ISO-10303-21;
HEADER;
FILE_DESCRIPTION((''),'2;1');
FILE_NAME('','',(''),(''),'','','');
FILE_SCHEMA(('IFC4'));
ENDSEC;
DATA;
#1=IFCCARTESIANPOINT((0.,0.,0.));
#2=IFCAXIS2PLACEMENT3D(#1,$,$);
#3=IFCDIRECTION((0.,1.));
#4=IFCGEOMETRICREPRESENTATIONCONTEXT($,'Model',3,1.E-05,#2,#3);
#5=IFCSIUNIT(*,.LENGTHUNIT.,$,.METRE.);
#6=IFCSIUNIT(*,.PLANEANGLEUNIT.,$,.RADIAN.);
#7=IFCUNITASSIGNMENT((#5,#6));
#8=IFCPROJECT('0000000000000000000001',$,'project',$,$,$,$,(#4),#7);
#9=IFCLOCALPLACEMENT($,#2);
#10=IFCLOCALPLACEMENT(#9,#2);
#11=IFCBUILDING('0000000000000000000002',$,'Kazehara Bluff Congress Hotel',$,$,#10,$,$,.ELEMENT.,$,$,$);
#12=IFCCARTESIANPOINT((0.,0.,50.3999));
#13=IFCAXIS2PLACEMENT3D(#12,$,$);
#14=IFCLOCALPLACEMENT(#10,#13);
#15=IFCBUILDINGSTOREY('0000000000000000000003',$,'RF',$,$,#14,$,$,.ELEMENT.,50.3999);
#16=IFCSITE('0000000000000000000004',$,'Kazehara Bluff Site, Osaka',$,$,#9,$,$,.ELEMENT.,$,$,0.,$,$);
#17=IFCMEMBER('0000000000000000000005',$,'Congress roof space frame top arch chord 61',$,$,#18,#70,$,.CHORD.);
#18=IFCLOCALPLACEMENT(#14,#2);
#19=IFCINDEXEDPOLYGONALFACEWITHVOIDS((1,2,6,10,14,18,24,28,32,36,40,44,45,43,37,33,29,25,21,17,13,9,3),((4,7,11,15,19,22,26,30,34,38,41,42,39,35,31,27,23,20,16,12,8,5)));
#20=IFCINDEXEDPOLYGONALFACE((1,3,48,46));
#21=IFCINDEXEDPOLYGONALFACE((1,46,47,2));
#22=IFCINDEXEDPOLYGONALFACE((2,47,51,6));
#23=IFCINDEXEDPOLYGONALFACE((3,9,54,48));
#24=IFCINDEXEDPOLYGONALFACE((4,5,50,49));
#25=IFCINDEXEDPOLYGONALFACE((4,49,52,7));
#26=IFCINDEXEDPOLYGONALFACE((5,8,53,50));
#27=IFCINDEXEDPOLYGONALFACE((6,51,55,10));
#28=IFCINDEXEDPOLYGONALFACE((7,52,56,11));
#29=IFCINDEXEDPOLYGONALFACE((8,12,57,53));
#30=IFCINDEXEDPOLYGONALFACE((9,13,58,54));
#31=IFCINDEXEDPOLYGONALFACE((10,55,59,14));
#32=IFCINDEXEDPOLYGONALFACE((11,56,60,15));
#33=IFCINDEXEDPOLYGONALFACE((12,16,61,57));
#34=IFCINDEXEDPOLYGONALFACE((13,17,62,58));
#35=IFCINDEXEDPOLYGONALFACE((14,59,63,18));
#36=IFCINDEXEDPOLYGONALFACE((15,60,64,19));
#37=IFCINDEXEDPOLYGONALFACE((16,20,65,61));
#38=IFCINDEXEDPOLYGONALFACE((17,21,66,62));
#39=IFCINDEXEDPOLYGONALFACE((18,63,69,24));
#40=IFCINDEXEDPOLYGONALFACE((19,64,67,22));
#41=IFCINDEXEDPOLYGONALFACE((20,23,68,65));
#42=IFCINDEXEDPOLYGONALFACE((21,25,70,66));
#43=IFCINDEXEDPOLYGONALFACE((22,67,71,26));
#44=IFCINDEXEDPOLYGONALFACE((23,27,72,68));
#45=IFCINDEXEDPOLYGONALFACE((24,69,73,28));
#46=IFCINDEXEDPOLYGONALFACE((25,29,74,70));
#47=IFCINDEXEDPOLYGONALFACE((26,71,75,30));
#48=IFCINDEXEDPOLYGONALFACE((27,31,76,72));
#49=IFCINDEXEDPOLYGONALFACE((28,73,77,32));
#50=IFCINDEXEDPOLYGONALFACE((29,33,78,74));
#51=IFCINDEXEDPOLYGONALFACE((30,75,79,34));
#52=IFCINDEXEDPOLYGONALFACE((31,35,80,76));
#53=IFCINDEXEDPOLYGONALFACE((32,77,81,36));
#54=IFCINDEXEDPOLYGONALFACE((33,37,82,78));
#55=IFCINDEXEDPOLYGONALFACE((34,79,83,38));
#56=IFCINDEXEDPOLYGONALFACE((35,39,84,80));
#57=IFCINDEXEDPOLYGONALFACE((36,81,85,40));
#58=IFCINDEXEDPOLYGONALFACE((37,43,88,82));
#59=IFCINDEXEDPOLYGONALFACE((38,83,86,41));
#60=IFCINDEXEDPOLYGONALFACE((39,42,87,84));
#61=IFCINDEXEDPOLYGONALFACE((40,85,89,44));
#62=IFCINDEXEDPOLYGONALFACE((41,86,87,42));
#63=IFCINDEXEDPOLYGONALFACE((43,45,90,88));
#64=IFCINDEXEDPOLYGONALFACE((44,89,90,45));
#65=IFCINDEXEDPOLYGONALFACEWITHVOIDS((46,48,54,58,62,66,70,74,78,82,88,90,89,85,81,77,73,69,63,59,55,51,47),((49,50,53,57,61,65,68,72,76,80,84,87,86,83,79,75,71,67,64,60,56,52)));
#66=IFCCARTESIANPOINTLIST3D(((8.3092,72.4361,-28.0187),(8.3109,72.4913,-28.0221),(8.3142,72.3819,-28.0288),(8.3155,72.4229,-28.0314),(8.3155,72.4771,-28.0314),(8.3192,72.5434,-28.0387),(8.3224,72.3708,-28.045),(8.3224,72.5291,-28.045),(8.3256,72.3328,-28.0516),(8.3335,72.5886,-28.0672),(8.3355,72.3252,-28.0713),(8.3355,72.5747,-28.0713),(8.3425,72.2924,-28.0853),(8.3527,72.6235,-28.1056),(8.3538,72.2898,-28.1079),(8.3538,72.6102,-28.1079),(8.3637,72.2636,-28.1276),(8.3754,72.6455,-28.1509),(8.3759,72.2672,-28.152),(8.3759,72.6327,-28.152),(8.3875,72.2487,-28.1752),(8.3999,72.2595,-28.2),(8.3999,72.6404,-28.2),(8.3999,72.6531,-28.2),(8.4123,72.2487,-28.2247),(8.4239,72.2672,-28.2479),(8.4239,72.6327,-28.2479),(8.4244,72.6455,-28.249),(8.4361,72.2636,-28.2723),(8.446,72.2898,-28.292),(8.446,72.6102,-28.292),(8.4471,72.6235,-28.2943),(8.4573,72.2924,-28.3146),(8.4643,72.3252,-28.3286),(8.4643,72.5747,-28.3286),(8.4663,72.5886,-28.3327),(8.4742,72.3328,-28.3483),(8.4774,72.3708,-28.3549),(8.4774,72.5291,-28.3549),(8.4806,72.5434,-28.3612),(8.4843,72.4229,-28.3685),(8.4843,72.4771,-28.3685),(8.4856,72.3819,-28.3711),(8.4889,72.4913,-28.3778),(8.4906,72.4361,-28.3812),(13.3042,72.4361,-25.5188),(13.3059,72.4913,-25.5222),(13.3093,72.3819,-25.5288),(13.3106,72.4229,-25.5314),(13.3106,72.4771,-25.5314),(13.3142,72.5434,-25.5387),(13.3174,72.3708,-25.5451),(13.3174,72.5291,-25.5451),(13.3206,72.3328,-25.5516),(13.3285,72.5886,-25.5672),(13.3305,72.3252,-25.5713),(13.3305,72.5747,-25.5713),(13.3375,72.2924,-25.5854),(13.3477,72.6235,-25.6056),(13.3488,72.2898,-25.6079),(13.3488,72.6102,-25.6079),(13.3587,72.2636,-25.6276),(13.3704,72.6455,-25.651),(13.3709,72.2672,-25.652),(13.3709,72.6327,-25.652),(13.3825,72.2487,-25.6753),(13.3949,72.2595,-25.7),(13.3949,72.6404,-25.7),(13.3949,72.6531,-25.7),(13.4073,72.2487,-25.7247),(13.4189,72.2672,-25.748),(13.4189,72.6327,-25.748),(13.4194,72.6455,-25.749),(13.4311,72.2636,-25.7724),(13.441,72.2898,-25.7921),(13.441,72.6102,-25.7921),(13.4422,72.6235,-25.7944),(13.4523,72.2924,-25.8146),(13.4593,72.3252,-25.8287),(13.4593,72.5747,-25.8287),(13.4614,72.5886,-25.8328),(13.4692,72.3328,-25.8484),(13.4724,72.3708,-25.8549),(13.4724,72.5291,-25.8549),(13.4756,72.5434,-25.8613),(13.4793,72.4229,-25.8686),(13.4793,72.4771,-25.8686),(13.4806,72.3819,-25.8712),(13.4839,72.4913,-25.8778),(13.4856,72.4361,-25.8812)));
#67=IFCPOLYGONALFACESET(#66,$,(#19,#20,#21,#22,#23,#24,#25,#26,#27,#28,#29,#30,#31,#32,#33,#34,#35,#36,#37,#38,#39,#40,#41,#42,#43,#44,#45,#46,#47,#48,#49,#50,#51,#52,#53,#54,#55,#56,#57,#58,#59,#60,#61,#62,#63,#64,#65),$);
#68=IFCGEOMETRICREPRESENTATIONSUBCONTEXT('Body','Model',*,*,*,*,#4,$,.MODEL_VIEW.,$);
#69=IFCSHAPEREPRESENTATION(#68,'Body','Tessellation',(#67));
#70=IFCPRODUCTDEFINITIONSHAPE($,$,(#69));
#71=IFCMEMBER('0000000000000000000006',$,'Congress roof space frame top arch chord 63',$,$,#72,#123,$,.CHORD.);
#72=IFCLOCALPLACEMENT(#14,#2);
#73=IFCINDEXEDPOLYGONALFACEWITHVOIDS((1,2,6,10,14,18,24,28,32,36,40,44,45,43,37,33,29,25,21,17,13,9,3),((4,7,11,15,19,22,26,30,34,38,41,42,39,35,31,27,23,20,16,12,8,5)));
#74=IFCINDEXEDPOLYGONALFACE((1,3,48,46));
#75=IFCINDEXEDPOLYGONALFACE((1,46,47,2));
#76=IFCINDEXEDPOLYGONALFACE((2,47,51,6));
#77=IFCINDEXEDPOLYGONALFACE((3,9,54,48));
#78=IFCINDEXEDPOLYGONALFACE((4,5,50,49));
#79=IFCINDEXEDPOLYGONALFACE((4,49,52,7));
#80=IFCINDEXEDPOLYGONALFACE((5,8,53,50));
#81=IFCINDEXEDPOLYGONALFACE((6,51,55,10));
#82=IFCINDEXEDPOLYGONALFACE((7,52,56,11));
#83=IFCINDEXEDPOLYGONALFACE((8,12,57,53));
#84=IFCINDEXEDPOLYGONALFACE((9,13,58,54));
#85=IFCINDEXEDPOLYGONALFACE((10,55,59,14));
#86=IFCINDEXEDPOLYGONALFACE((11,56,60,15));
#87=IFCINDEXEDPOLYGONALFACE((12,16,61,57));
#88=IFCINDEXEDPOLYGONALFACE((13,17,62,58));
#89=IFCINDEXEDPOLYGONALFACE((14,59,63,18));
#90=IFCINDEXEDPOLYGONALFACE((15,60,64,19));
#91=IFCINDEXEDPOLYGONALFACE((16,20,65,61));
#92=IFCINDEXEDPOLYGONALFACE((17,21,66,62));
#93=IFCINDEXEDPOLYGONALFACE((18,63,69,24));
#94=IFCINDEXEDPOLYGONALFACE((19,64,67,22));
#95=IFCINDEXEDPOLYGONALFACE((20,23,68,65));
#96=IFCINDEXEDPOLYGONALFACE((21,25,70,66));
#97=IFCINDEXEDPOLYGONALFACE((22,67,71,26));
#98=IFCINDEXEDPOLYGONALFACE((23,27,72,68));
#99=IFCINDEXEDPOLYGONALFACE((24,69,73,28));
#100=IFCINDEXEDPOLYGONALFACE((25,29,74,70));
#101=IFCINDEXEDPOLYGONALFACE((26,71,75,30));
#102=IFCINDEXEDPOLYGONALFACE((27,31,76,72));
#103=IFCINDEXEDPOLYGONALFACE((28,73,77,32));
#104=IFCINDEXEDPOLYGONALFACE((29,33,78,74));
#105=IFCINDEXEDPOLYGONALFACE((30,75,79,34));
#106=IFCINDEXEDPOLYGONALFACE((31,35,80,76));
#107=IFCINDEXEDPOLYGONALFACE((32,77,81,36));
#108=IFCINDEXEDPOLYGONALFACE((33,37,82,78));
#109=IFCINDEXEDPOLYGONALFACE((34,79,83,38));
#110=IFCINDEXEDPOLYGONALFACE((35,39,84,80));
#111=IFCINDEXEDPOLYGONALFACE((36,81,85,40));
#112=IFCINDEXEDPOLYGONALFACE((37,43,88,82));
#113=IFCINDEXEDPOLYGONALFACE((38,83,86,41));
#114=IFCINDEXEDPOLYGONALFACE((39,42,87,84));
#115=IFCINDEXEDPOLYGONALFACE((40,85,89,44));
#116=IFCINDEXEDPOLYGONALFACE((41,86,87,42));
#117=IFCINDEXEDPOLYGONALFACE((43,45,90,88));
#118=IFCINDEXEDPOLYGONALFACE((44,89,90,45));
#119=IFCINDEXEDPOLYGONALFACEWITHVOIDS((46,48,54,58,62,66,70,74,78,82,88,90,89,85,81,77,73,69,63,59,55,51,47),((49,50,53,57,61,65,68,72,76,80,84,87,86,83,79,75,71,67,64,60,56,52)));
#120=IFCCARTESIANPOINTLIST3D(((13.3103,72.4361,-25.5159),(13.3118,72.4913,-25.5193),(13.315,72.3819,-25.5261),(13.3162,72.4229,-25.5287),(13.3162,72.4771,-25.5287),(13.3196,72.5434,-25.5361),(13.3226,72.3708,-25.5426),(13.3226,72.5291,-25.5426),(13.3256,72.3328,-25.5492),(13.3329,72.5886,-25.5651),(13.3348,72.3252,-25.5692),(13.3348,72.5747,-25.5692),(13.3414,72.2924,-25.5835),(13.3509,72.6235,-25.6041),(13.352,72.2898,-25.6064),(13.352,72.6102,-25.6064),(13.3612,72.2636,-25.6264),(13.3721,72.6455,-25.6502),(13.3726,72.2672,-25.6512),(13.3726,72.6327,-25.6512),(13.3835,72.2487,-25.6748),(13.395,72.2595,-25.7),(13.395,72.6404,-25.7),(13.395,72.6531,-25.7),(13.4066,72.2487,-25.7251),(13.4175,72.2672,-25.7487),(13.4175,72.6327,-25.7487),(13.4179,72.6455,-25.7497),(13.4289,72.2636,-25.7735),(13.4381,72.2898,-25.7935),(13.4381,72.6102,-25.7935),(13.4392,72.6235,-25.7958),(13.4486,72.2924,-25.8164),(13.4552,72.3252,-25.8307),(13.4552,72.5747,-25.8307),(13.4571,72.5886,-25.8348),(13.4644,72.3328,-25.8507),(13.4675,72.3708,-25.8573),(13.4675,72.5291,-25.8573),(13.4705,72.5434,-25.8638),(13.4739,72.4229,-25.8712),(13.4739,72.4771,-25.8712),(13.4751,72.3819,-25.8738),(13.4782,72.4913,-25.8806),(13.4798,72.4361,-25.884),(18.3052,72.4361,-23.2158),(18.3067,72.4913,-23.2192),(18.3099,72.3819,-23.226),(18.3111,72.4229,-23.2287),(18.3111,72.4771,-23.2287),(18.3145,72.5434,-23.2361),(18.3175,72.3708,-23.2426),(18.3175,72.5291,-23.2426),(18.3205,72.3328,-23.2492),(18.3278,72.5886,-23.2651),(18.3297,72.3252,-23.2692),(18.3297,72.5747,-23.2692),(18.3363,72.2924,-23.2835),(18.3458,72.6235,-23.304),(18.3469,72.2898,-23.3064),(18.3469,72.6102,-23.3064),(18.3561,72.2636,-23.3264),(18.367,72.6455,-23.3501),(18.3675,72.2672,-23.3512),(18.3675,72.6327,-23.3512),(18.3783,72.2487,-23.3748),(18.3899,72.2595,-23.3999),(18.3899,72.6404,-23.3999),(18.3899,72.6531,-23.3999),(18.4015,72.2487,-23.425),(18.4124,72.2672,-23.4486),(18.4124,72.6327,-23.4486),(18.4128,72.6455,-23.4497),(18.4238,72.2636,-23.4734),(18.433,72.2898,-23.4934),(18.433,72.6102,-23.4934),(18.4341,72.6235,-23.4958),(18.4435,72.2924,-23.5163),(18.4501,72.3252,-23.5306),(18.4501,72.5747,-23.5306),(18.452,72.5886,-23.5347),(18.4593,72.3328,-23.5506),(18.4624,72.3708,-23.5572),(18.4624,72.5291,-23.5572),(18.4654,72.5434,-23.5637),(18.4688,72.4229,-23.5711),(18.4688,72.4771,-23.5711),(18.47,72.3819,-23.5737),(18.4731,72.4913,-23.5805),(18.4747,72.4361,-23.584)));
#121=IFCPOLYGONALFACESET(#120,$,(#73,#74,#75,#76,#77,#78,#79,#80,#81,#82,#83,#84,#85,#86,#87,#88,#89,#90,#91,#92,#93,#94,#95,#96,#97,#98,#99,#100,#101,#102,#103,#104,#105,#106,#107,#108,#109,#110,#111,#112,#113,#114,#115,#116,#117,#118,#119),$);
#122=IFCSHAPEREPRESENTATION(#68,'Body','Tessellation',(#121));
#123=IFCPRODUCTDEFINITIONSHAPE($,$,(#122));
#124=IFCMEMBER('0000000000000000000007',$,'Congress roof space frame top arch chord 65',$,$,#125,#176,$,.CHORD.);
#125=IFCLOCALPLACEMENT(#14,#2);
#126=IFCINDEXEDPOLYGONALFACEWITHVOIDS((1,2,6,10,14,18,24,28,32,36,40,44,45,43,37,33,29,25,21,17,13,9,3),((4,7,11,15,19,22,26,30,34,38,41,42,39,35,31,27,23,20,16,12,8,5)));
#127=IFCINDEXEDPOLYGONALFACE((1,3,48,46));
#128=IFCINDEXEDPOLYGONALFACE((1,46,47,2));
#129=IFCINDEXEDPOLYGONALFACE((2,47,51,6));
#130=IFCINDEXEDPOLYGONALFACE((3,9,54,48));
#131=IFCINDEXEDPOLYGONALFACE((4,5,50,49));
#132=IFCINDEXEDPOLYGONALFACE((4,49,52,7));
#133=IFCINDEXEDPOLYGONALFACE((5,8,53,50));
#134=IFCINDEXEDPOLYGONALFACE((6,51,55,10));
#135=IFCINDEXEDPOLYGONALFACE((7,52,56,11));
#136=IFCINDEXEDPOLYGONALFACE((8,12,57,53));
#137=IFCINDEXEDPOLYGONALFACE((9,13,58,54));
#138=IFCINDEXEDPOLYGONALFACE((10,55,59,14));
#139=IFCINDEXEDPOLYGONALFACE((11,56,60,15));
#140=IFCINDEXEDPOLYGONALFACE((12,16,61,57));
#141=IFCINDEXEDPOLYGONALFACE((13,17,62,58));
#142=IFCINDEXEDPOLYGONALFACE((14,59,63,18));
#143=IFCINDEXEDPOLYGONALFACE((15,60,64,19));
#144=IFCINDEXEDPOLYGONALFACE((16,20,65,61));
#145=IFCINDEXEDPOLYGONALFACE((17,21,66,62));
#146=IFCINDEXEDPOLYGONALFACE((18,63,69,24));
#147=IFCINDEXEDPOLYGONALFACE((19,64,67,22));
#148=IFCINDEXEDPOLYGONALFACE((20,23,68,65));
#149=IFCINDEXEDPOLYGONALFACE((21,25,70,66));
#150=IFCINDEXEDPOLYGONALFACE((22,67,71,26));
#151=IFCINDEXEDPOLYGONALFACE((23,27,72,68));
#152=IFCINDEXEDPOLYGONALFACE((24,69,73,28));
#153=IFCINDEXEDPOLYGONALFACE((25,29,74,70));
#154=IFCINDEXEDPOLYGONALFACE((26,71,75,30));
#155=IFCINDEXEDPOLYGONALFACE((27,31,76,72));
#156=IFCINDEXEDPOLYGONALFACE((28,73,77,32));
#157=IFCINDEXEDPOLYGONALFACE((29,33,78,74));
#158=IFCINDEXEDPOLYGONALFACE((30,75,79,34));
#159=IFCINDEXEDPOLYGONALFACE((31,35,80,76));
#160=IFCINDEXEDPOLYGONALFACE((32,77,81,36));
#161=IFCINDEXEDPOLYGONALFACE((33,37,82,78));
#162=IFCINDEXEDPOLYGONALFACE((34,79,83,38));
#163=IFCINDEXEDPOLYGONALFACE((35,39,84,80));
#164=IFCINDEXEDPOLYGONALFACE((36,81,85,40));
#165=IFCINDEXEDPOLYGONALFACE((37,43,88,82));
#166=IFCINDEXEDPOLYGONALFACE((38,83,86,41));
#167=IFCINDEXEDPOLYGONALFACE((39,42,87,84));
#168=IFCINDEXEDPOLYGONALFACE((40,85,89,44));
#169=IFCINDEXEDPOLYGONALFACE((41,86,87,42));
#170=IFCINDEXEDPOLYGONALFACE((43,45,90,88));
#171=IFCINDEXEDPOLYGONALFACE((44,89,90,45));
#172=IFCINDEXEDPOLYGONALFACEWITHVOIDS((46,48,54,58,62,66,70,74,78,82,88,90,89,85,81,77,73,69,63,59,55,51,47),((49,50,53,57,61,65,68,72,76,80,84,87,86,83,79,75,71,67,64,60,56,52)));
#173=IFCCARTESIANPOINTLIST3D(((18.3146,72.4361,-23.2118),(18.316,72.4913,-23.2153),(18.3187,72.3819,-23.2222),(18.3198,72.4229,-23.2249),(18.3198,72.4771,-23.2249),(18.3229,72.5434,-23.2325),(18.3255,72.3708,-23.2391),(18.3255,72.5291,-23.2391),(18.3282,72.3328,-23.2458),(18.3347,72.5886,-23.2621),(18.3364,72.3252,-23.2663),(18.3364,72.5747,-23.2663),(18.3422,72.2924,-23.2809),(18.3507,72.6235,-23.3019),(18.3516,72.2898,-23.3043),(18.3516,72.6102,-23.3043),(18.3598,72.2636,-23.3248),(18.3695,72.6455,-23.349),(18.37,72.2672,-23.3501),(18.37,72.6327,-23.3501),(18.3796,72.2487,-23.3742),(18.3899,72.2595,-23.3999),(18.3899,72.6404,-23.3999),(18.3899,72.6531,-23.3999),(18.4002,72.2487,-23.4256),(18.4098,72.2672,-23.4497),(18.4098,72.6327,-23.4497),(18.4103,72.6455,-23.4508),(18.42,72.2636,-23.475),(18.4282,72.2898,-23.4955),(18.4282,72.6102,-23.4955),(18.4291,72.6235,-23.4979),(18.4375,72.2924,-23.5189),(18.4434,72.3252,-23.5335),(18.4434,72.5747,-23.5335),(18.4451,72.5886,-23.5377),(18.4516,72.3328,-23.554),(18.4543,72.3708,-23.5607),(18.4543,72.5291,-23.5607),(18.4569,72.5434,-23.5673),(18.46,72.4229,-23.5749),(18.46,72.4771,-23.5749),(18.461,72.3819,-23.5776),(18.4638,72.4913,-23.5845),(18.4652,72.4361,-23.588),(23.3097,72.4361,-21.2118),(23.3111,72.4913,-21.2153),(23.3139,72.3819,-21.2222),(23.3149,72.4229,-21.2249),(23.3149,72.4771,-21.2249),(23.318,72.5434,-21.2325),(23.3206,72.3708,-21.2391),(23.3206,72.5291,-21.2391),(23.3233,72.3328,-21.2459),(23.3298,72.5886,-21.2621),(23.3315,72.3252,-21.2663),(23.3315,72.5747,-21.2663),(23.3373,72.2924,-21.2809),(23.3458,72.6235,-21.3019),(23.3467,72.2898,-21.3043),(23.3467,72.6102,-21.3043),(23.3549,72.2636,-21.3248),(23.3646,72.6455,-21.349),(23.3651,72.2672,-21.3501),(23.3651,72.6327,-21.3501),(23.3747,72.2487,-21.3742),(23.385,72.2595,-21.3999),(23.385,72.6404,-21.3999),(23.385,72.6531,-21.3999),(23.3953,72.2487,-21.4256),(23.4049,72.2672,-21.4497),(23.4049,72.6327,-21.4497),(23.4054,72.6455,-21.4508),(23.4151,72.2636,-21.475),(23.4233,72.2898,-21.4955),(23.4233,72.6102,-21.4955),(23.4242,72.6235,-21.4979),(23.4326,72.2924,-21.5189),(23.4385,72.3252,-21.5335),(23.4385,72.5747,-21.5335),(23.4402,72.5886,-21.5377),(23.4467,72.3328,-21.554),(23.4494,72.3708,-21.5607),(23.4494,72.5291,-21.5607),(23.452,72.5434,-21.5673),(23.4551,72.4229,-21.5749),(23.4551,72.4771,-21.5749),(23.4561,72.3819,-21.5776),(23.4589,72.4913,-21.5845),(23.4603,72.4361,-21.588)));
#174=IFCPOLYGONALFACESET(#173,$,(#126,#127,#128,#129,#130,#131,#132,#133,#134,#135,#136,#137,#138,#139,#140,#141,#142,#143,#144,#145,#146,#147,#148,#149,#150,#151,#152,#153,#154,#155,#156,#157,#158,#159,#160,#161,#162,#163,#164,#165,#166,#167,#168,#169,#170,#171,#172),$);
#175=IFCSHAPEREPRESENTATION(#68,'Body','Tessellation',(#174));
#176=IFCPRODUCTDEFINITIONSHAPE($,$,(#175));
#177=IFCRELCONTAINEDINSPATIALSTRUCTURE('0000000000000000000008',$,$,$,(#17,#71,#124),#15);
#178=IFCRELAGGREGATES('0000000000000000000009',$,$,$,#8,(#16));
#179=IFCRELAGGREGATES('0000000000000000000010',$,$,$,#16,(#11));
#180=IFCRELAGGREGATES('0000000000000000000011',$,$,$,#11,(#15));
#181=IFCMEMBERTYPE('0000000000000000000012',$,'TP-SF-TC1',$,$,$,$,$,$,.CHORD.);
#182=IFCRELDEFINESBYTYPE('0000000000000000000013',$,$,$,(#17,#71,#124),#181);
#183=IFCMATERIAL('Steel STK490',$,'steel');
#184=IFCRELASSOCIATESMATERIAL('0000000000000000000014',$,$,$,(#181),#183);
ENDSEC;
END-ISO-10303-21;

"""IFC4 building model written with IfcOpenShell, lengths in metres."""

from ifc_helpers import new_model, si_unit, direction, frame, origin, origin_2d, place, context, subcontext, project, spatial, hollow_circle, extrude, material, material_profile, profile_set, type_object, element, save


model = new_model("IFC4")

# Units and contexts
model_context = context("Model", 3, precision=1e-05, world=origin(), true_north=direction((0.0, 1.0)))
body_context = subcontext(model_context, "Body", "Model", "MODEL_VIEW")
ifc_project = project(units=[si_unit("LENGTHUNIT", "METRE"), si_unit("PLANEANGLEUNIT", "RADIAN")], contexts=[model_context])

# Site, building, storey
site_placement = place(None, origin())
site = spatial("IfcSite", under=ifc_project, at=site_placement, Name="Kazehara Bluff Site, Osaka", CompositionType="ELEMENT", RefElevation=0.0)
building_placement = place(site_placement, origin())
building = spatial("IfcBuilding", under=site, at=building_placement, Name="Kazehara Bluff Congress Hotel", CompositionType="ELEMENT")
storey_placement = place(building_placement, frame((0.0, 0.0, 50.3999)))
storey = spatial("IfcBuildingStorey", under=building, at=storey_placement, Name="RF", CompositionType="ELEMENT", Elevation=50.3999)

# Members
ifc_material_1 = material(Name="Steel STK490", Category="steel")
ifc_material_profile_1 = material_profile(ifc_material_1, hollow_circle(Radius=0.2031, WallThickness=0.0127, at=origin_2d()))
ifc_profile_set_1 = profile_set([ifc_material_profile_1], Name="Steel STK490")
member_type_1 = type_object("IfcMemberType", Name="TP-SF-TC1", PredefinedType="CHORD", material=ifc_profile_set_1)
member_1_placement = place(storey_placement, frame((8.3999, 72.45, -28.2), z_axis=(0.894252, 0.0, 0.447563), x_axis=(0.0, 1.0, 0.0)))
element("IfcMember", 1, at=member_1_placement, inside=storey, type_object=member_type_1, Name="Congress roof space frame top arch chord 61", PredefinedType="CHORD", context=body_context, shape_type="SweptSolid", body=[
    extrude(hollow_circle(Radius=0.2031, WallThickness=0.0127, at=origin_2d()), origin(), (0.0, 0.0, 1.0), 5.5857),
])
member_2_placement = place(storey_placement, frame((13.395, 72.45, -25.7), z_axis=(0.908324, 0.0, 0.418267), x_axis=(0.0, 1.0, 0.0)))
element("IfcMember", 2, at=member_2_placement, inside=storey, type_object=member_type_1, Name="Congress roof space frame top arch chord 63", PredefinedType="CHORD", context=body_context, shape_type="SweptSolid", body=[
    extrude(hollow_circle(Radius=0.2031, WallThickness=0.0127, at=origin_2d()), origin(), (0.0, 0.0, 1.0), 5.499),
])
member_3_placement = place(storey_placement, frame((18.3899, 72.45, -23.3999), z_axis=(0.928351, 0.0, 0.371704), x_axis=(0.0, 1.0, 0.0)))
element("IfcMember", 3, at=member_3_placement, inside=storey, type_object=member_type_1, Name="Congress roof space frame top arch chord 65", PredefinedType="CHORD", context=body_context, shape_type="SweptSolid", body=[
    extrude(hollow_circle(Radius=0.2031, WallThickness=0.0127, at=origin_2d()), origin(), (0.0, 0.0, 1.0), 5.3806),
])

save(model, "model.ifc")
